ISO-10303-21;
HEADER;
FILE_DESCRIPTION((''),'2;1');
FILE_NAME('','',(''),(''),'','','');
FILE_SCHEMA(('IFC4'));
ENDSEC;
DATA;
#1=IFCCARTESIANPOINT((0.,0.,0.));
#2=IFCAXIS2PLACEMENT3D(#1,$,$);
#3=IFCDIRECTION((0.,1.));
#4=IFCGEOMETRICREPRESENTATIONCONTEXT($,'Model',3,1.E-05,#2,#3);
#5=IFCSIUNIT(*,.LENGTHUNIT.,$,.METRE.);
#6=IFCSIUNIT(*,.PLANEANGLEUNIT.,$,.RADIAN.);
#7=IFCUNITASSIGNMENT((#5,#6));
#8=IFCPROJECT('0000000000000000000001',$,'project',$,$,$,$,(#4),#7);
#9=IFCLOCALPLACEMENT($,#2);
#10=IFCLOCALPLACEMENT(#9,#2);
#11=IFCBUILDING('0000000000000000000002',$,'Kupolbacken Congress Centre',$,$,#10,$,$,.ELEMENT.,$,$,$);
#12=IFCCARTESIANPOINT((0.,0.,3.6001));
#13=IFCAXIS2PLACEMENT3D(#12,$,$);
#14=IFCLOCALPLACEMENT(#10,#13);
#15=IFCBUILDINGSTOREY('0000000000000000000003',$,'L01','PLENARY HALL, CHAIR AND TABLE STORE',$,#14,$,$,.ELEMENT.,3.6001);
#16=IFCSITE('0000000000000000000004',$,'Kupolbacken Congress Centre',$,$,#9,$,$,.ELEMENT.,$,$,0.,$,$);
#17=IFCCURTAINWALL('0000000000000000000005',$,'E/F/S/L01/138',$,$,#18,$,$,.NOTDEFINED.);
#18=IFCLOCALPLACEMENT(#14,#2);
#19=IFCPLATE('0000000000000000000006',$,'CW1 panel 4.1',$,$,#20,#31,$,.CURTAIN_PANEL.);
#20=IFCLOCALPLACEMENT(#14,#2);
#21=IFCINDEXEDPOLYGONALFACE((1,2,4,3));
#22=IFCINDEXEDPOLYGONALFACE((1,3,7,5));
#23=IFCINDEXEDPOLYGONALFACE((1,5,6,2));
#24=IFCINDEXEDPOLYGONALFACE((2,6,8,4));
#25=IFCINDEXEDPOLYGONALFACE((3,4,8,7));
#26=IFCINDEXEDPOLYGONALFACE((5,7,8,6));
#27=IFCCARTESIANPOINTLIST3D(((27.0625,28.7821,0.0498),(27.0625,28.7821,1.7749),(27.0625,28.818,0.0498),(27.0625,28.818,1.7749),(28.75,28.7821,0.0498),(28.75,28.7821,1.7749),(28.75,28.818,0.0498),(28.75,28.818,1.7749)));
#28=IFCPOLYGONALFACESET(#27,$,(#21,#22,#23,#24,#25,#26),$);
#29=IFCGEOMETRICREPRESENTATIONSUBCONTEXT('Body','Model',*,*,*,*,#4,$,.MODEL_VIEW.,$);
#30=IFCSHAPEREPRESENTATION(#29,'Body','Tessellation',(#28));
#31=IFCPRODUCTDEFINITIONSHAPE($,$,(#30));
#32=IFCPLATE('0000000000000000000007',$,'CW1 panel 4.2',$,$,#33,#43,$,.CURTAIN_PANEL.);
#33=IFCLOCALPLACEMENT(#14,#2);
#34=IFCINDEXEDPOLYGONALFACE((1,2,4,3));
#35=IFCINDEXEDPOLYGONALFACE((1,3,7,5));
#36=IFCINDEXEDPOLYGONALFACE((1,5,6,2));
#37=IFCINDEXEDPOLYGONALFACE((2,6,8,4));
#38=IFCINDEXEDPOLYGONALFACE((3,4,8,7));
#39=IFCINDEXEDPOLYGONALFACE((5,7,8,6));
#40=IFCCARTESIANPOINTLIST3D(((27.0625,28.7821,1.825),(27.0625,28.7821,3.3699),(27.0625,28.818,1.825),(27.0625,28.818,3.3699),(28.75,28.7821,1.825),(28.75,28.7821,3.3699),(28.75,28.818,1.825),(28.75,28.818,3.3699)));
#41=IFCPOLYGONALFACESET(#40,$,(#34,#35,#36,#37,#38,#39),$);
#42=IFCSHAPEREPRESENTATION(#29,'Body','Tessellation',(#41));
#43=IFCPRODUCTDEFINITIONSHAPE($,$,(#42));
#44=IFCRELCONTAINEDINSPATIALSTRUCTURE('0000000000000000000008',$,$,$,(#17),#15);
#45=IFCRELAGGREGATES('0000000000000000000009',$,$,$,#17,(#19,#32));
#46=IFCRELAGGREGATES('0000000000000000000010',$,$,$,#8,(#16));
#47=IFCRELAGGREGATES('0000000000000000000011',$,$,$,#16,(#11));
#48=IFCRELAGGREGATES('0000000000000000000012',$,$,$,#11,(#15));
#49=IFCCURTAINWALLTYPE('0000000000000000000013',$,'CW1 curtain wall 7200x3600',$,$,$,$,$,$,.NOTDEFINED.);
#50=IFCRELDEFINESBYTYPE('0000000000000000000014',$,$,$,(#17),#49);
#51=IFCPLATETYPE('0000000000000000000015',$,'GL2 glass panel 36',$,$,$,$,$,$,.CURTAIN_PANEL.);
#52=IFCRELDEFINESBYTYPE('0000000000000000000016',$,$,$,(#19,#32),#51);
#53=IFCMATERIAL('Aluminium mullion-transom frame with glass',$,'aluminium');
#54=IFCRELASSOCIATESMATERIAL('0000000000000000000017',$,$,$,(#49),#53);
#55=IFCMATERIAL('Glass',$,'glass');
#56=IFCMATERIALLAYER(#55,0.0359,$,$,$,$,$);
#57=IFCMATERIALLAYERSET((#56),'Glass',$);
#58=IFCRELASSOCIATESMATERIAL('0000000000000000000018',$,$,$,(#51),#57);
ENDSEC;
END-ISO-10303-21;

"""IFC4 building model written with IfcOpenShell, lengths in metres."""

from ifc_helpers import new_model, si_unit, direction, frame, origin, origin_2d, place, context, subcontext, project, spatial, rectangle, extrude, material, layer, layer_set, type_object, element, aggregate, save


model = new_model("IFC4")

# Units and contexts
model_context = context("Model", 3, precision=1e-05, world=origin(), true_north=direction((0.0, 1.0)))
body_context = subcontext(model_context, "Body", "Model", "MODEL_VIEW")
ifc_project = project(units=[si_unit("LENGTHUNIT", "METRE"), si_unit("PLANEANGLEUNIT", "RADIAN")], contexts=[model_context])

# Site, building, storey
site_placement = place(None, origin())
site = spatial("IfcSite", under=ifc_project, at=site_placement, Name="Kupolbacken Congress Centre", CompositionType="ELEMENT", RefElevation=0.0)
building_placement = place(site_placement, origin())
building = spatial("IfcBuilding", under=site, at=building_placement, Name="Kupolbacken Congress Centre", CompositionType="ELEMENT")
storey_placement = place(building_placement, frame((0.0, 0.0, 3.6001)))
storey = spatial("IfcBuildingStorey", under=building, at=storey_placement, Name="L01", Description="PLENARY HALL, CHAIR AND TABLE STORE", CompositionType="ELEMENT", Elevation=3.6001)

# Shared definitions
ifc_material_1 = material(Name="Aluminium mullion-transom frame with glass", Category="aluminium")
curtain_wall_type = type_object("IfcCurtainWallType", Name="CW1 curtain wall 7200x3600", PredefinedType="NOTDEFINED", material=ifc_material_1)

# Curtain wall
curtain_wall_1_placement = place(storey_placement, origin())
curtain_wall_1 = element("IfcCurtainWall", 1, at=curtain_wall_1_placement, inside=storey, type_object=curtain_wall_type, Name="E/F/S/L01/138", PredefinedType="NOTDEFINED")

# Plates
ifc_material_2 = material(Name="Glass", Category="glass")
ifc_layer = layer(ifc_material_2, 0.0359)
ifc_layer_set = layer_set([ifc_layer], Name="Glass")
plate_type = type_object("IfcPlateType", Name="GL2 glass panel 36", PredefinedType="CURTAIN_PANEL", material=ifc_layer_set)
plate_1_placement = place(storey_placement, frame((27.9062, 28.8, 0.0498), z_axis=(0.0, 0.0, 1.0), x_axis=(1.0, 0.0, 0.0)))
plate_1 = element("IfcPlate", 2, at=plate_1_placement, type_object=plate_type, Name="CW1 panel 4.1", PredefinedType="CURTAIN_PANEL", context=body_context, shape_type="SweptSolid", body=[
    extrude(rectangle(XDim=1.6875, YDim=0.0359, at=origin_2d()), origin(), (0.0, 0.0, 1.0), 1.7251),
])
plate_2_placement = place(storey_placement, frame((27.9062, 28.8, 1.825), z_axis=(0.0, 0.0, 1.0), x_axis=(1.0, 0.0, 0.0)))
plate_2 = element("IfcPlate", 3, at=plate_2_placement, type_object=plate_type, Name="CW1 panel 4.2", PredefinedType="CURTAIN_PANEL", context=body_context, shape_type="SweptSolid", body=[
    extrude(rectangle(XDim=1.6875, YDim=0.0359, at=origin_2d()), origin(), (0.0, 0.0, 1.0), 1.5449),
])
aggregate(curtain_wall_1, [plate_1, plate_2])

save(model, "model.ifc")
